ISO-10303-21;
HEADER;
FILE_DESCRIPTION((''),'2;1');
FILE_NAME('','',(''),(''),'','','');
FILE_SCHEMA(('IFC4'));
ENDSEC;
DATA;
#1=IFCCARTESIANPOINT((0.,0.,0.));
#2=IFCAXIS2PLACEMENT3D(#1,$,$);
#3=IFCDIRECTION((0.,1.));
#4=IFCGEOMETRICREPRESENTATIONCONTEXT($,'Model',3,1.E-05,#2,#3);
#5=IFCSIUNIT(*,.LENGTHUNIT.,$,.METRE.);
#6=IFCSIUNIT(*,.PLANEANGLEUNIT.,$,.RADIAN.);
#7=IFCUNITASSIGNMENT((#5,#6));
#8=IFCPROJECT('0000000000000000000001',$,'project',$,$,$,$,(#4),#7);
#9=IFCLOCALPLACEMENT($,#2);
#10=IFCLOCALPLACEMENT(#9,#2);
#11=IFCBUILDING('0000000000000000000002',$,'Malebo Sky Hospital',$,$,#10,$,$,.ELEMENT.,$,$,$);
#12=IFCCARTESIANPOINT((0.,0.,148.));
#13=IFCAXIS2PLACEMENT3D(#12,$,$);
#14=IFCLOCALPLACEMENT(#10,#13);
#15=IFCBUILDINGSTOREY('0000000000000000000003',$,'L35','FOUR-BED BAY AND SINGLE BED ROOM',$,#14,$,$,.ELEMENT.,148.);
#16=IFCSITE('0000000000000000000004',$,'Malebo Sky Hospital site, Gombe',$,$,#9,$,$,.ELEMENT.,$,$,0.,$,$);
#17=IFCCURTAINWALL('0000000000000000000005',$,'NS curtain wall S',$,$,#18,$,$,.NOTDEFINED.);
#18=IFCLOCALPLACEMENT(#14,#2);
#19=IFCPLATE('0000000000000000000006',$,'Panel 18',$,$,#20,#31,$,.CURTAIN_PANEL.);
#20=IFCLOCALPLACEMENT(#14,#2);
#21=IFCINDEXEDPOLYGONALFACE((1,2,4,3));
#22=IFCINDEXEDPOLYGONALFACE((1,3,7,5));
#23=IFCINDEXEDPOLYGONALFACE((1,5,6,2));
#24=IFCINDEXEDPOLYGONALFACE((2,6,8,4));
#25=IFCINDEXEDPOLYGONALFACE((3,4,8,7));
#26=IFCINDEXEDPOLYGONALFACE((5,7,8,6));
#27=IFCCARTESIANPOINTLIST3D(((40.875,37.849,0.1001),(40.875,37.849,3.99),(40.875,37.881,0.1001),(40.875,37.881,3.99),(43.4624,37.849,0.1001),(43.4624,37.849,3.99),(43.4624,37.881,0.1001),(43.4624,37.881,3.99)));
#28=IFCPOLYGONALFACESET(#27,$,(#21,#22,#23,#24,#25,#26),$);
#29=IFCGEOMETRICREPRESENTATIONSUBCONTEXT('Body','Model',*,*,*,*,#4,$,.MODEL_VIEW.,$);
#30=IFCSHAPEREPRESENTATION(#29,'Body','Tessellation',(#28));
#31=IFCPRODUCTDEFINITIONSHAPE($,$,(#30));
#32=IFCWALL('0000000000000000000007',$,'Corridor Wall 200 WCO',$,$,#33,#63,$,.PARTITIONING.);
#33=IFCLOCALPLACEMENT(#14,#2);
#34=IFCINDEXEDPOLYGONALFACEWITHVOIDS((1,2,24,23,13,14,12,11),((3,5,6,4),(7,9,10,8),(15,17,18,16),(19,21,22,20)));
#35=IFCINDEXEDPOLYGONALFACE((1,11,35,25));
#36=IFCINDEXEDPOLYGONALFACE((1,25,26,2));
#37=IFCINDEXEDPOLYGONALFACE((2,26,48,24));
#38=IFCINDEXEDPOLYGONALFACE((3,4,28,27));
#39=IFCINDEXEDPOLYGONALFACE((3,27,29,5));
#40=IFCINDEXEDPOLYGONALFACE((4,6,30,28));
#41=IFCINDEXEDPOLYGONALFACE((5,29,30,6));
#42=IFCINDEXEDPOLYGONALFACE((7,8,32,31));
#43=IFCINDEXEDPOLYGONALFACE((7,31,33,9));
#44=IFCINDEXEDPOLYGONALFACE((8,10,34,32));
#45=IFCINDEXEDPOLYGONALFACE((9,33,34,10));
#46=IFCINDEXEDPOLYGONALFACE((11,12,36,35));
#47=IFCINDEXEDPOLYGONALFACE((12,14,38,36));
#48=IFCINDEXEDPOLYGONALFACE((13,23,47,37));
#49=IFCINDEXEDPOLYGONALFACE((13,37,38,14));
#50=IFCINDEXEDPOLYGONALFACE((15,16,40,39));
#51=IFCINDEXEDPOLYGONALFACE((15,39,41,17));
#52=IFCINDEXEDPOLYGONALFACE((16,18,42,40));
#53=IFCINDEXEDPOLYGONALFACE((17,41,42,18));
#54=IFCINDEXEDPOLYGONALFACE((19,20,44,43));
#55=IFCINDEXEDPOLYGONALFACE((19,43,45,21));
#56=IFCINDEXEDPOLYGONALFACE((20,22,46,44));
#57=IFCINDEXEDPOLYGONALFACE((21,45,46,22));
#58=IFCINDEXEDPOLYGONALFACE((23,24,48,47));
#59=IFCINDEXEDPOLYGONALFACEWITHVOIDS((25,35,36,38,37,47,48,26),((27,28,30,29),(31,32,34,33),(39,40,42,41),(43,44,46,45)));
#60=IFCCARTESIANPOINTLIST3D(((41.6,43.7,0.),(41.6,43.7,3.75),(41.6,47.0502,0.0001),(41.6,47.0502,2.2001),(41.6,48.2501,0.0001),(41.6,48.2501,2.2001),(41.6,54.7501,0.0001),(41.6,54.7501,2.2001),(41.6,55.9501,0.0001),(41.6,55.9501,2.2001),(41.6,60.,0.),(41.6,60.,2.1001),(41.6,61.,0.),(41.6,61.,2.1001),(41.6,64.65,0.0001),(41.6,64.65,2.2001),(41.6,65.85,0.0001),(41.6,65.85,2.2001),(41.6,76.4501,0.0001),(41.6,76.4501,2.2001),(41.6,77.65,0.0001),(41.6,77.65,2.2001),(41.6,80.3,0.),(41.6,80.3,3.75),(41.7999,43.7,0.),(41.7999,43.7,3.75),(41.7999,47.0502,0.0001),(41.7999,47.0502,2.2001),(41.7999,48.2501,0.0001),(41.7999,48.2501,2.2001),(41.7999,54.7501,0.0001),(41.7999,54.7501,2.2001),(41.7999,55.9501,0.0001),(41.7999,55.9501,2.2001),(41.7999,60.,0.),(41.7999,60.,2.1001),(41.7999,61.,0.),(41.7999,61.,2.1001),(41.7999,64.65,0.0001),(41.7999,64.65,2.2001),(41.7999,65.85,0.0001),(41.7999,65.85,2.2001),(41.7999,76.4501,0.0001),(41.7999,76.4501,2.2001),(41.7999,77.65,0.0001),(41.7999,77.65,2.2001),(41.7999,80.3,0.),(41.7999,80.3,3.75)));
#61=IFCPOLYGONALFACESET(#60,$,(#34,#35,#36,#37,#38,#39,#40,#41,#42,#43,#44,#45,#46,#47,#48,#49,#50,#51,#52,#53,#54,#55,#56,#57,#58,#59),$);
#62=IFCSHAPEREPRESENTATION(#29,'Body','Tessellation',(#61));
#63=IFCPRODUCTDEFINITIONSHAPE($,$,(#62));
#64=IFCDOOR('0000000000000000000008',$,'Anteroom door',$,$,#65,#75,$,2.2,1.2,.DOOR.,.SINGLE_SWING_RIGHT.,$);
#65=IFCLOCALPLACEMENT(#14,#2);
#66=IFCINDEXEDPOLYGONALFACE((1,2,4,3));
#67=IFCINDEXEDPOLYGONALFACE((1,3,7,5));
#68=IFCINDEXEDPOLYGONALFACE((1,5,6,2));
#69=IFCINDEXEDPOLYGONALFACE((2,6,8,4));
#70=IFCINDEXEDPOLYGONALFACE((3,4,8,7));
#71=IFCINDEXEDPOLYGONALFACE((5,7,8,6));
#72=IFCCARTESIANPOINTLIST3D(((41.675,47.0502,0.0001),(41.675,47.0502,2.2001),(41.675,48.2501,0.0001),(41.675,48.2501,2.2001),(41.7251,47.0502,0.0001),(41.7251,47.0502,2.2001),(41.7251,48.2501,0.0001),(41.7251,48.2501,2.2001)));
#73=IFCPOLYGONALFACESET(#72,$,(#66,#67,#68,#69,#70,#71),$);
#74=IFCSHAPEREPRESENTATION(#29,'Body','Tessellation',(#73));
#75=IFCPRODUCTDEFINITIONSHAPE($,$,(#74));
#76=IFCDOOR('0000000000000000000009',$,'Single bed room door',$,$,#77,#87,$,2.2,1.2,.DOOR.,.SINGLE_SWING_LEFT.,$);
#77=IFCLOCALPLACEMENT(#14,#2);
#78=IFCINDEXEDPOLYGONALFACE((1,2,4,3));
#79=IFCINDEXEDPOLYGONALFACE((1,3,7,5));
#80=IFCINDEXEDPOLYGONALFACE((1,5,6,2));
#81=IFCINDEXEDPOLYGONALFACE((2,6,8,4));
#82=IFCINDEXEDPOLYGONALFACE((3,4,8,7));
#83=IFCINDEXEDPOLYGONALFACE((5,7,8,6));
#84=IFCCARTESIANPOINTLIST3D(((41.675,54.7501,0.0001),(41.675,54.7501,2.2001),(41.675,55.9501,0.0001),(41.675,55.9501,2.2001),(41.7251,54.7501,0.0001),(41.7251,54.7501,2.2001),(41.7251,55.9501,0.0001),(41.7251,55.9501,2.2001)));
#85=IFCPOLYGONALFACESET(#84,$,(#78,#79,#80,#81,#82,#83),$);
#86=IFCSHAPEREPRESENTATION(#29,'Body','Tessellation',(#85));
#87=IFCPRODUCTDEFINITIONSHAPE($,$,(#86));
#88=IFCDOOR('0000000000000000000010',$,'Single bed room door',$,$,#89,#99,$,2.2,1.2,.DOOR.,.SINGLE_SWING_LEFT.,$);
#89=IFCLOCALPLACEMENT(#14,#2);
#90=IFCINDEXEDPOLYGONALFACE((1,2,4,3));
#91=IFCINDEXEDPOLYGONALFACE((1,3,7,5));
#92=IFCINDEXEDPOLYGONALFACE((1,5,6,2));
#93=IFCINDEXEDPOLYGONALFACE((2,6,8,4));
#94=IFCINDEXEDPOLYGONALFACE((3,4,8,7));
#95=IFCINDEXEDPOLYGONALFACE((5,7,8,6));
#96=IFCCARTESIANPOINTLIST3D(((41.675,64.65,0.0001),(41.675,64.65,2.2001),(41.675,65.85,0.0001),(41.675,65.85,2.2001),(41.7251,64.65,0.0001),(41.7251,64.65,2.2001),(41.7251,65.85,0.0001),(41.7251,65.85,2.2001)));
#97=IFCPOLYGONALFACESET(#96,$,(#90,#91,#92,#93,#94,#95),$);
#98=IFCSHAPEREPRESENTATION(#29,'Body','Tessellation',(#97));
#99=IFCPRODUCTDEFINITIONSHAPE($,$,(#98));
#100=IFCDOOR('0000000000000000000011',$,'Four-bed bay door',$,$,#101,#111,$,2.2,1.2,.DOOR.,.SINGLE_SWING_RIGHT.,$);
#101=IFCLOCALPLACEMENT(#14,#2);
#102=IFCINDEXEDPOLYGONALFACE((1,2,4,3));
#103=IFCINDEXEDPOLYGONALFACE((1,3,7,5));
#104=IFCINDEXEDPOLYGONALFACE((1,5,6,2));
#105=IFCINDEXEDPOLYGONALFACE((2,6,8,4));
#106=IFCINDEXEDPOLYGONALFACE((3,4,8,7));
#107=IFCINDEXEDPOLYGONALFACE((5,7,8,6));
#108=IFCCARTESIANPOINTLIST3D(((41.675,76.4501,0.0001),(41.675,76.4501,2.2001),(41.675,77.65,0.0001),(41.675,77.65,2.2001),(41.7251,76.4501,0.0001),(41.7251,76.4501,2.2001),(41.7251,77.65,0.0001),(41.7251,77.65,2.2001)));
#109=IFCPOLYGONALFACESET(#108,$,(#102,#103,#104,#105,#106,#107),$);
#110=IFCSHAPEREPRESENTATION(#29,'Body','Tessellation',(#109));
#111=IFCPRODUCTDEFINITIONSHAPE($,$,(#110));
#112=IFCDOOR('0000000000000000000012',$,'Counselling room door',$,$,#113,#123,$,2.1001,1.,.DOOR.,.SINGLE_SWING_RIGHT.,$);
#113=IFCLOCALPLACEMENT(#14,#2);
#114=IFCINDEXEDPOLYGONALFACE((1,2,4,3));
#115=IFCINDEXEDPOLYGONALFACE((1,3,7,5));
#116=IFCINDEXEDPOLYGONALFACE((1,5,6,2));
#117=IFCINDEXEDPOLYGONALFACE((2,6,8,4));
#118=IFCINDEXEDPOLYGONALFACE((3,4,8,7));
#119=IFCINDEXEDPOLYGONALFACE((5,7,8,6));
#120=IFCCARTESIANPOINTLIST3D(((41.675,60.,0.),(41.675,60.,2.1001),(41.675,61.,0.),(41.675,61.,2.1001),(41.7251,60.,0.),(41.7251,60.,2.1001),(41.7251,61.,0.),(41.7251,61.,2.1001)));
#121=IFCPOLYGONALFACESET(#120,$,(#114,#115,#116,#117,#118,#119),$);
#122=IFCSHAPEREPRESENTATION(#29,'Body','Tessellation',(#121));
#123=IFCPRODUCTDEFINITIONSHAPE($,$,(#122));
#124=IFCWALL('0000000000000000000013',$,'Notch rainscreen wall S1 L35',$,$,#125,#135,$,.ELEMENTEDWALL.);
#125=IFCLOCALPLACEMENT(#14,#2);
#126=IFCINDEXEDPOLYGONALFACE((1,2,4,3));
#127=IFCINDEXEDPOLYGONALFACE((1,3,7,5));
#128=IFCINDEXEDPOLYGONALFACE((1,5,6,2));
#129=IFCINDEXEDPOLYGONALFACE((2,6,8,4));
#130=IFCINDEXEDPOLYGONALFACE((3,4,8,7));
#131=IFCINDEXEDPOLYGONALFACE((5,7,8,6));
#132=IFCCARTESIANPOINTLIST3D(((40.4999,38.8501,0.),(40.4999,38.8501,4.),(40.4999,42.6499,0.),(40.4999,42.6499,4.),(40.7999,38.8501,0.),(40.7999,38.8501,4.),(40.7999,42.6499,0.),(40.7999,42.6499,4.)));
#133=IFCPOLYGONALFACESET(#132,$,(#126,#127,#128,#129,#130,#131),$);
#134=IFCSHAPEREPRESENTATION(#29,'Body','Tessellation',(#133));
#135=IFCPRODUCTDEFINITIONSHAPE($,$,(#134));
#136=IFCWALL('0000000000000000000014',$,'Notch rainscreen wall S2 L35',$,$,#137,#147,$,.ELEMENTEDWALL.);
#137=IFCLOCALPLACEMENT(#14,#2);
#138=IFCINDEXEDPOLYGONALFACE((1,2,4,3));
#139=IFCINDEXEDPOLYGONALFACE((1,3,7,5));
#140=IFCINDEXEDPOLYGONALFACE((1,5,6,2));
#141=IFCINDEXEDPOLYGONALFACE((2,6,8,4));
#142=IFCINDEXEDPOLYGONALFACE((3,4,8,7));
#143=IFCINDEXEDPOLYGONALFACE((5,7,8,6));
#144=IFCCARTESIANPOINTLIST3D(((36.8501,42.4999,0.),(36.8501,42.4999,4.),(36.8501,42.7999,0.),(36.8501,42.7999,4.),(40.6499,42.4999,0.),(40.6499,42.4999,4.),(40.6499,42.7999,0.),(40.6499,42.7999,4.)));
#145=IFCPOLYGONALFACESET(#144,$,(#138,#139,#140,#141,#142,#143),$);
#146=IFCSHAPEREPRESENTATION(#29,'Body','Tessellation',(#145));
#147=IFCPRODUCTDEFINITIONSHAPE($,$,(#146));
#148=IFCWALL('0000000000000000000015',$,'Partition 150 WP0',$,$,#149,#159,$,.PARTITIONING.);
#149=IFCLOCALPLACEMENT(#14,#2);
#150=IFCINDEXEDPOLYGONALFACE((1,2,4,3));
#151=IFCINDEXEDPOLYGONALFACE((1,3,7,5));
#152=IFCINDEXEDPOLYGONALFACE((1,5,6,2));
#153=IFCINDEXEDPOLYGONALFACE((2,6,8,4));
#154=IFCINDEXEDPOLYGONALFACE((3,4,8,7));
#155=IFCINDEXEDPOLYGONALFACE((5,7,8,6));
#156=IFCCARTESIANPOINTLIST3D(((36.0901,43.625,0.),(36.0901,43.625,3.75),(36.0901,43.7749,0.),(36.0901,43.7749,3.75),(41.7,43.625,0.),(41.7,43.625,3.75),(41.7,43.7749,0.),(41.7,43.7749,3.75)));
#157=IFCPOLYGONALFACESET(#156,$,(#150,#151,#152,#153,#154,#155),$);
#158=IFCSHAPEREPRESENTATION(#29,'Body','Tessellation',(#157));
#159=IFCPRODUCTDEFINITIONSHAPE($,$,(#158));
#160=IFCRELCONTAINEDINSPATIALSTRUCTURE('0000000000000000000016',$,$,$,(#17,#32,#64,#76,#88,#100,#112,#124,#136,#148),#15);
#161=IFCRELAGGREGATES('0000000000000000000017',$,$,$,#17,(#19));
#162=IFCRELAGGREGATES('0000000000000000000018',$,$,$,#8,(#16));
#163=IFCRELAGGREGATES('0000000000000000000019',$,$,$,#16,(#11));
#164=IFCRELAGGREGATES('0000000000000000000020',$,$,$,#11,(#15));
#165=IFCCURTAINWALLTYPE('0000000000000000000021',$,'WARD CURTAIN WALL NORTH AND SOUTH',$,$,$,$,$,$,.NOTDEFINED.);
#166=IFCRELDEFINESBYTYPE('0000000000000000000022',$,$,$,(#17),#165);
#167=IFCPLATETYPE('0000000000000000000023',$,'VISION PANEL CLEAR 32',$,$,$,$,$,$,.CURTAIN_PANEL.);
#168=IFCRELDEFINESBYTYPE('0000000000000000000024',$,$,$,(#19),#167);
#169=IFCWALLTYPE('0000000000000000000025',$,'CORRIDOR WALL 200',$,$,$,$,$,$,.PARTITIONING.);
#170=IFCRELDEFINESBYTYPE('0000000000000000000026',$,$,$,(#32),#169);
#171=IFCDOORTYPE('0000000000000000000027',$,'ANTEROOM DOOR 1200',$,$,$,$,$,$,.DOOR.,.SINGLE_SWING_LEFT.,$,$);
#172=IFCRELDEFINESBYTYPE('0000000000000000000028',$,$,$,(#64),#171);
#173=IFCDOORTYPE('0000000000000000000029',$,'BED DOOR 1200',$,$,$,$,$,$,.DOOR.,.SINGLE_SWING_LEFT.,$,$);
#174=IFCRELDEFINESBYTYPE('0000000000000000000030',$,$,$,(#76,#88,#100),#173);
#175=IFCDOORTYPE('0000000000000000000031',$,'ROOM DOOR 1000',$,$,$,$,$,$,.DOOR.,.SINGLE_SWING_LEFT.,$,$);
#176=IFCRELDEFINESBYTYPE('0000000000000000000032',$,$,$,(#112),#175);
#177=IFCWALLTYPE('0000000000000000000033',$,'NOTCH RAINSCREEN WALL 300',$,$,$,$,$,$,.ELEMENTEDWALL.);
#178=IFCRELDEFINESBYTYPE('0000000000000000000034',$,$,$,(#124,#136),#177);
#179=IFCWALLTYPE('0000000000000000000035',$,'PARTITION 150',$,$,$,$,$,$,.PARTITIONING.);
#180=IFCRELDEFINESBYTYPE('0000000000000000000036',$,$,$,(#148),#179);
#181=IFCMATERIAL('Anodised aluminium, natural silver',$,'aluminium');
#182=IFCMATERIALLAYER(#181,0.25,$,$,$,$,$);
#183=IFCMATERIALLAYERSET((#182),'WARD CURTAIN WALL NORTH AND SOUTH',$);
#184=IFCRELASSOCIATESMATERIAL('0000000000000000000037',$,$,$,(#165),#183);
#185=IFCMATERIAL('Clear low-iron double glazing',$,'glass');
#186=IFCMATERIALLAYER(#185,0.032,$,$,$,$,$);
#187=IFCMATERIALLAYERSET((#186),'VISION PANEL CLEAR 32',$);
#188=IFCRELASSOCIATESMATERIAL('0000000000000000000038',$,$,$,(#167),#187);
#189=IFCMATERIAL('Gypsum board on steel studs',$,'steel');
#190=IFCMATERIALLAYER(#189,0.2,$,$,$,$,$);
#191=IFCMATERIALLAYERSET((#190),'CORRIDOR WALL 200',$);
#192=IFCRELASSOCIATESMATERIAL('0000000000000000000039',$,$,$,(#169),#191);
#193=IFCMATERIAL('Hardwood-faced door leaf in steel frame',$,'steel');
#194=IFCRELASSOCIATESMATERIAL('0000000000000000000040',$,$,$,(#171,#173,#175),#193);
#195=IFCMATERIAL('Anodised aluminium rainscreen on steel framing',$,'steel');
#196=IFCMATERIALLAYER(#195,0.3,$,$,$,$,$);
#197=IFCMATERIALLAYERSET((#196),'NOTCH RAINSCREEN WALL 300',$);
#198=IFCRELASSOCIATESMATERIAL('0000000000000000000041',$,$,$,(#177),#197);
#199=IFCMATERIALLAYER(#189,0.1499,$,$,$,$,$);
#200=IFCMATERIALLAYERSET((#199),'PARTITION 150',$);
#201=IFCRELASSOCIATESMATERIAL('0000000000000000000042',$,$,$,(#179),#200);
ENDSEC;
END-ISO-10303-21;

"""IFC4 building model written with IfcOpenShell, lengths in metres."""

from ifc_helpers import new_model, si_unit, direction, frame, frame_2d, origin, origin_2d, place, context, subcontext, project, spatial, rectangle, extrude, material, layer, layer_set, type_object, element, fill, aggregate, save


model = new_model("IFC4")

# Units and contexts
model_context = context("Model", 3, precision=1e-05, world=origin(), true_north=direction((0.0, 1.0)))
body_context = subcontext(model_context, "Body", "Model", "MODEL_VIEW")
ifc_project = project(units=[si_unit("LENGTHUNIT", "METRE"), si_unit("PLANEANGLEUNIT", "RADIAN")], contexts=[model_context])

# Site, building, storey
site_placement = place(None, origin())
site = spatial("IfcSite", under=ifc_project, at=site_placement, Name="Malebo Sky Hospital site, Gombe", CompositionType="ELEMENT", RefElevation=0.0)
building_placement = place(site_placement, origin())
building = spatial("IfcBuilding", under=site, at=building_placement, Name="Malebo Sky Hospital", CompositionType="ELEMENT")
storey_placement = place(building_placement, frame((0.0, 0.0, 148.0)))
storey = spatial("IfcBuildingStorey", under=building, at=storey_placement, Name="L35", Description="FOUR-BED BAY AND SINGLE BED ROOM", CompositionType="ELEMENT", Elevation=148.0)

# Curtain wall
ifc_material_1 = material(Name="Anodised aluminium, natural silver", Category="aluminium")
ifc_layer_1 = layer(ifc_material_1, 0.25)
ifc_layer_set_1 = layer_set([ifc_layer_1], Name="WARD CURTAIN WALL NORTH AND SOUTH")
curtain_wall_type = type_object("IfcCurtainWallType", Name="WARD CURTAIN WALL NORTH AND SOUTH", PredefinedType="NOTDEFINED", material=ifc_layer_set_1)
curtain_wall_placement = place(storey_placement, origin())
curtain_wall = element("IfcCurtainWall", 1, at=curtain_wall_placement, inside=storey, type_object=curtain_wall_type, Name="NS curtain wall S", PredefinedType="NOTDEFINED")

# Plate
ifc_material_2 = material(Name="Clear low-iron double glazing", Category="glass")
ifc_layer_2 = layer(ifc_material_2, 0.032)
ifc_layer_set_2 = layer_set([ifc_layer_2], Name="VISION PANEL CLEAR 32")
plate_type = type_object("IfcPlateType", Name="VISION PANEL CLEAR 32", PredefinedType="CURTAIN_PANEL", material=ifc_layer_set_2)
plate_1_placement = place(storey_placement, frame((42.1687, 37.865, 0.1001), z_axis=(0.0, 0.0, 1.0), x_axis=(-1.0, 0.0, 0.0)))
plate_1 = element("IfcPlate", 2, at=plate_1_placement, type_object=plate_type, Name="Panel 18", PredefinedType="CURTAIN_PANEL", context=body_context, shape_type="SweptSolid", body=[
    extrude(rectangle(XDim=2.5874, YDim=0.032, at=origin_2d()), origin(), (0.0, 0.0, 1.0), 3.8899),
])
aggregate(curtain_wall, [plate_1])

# Wall, openings, doors
ifc_material_3 = material(Name="Gypsum board on steel studs", Category="steel")
ifc_layer_3 = layer(ifc_material_3, 0.2)
ifc_layer_set_3 = layer_set([ifc_layer_3], Name="CORRIDOR WALL 200")
wall_type_1 = type_object("IfcWallType", Name="CORRIDOR WALL 200", PredefinedType="PARTITIONING", material=ifc_layer_set_3)
wall_1_placement = place(storey_placement, frame((41.7, 43.7, 0.0), z_axis=(0.0, 0.0, 1.0), x_axis=(0.0, 1.0, 0.0)))
wall_1 = element("IfcWall", 3, at=wall_1_placement, inside=storey, type_object=wall_type_1, Name="Corridor Wall 200 WCO", PredefinedType="PARTITIONING", context=body_context, shape_type="SweptSolid", body=[
    extrude(rectangle(XDim=36.6001, YDim=0.2, at=frame_2d((18.3, 0.0))), origin(), (0.0, 0.0, 1.0), 3.75),
])
opening_1_placement = place(wall_1_placement, frame((3.3501, 0.0, 0.0)))
opening_1 = element("IfcOpeningElement", 4, at=opening_1_placement, cuts=wall_1, PredefinedType="OPENING", context=body_context, shape_type="SweptSolid", body=[
    extrude(rectangle(XDim=1.2, YDim=2.2, at=frame_2d((0.6001, 1.1001))), frame((0.0, 0.1099, 0.0), z_axis=(0.0, -1.0, 0.0), x_axis=(1.0, 0.0, 0.0)), (0.0, 0.0, 1.0), 0.22),
])
opening_2_placement = place(wall_1_placement, frame((11.05, 0.0, 0.0)))
opening_2 = element("IfcOpeningElement", 5, at=opening_2_placement, cuts=wall_1, PredefinedType="OPENING", context=body_context, shape_type="SweptSolid", body=[
    extrude(rectangle(XDim=1.2, YDim=2.2, at=frame_2d((0.6001, 1.1001))), frame((0.0, 0.1099, 0.0), z_axis=(0.0, -1.0, 0.0), x_axis=(1.0, 0.0, 0.0)), (0.0, 0.0, 1.0), 0.22),
])
opening_3_placement = place(wall_1_placement, frame((16.3, 0.0, 0.0)))
opening_3 = element("IfcOpeningElement", 6, at=opening_3_placement, cuts=wall_1, PredefinedType="OPENING", context=body_context, shape_type="SweptSolid", body=[
    extrude(rectangle(XDim=1.0, YDim=2.1001, at=frame_2d((0.5, 1.05))), frame((0.0, 0.1099, 0.0), z_axis=(0.0, -1.0, 0.0), x_axis=(1.0, 0.0, 0.0)), (0.0, 0.0, 1.0), 0.22),
])
opening_4_placement = place(wall_1_placement, frame((20.95, 0.0, 0.0)))
opening_4 = element("IfcOpeningElement", 7, at=opening_4_placement, cuts=wall_1, PredefinedType="OPENING", context=body_context, shape_type="SweptSolid", body=[
    extrude(rectangle(XDim=1.2, YDim=2.2, at=frame_2d((0.6001, 1.1001))), frame((0.0, 0.1099, 0.0), z_axis=(0.0, -1.0, 0.0), x_axis=(1.0, 0.0, 0.0)), (0.0, 0.0, 1.0), 0.22),
])
opening_5_placement = place(wall_1_placement, frame((32.75, 0.0, 0.0)))
opening_5 = element("IfcOpeningElement", 8, at=opening_5_placement, cuts=wall_1, PredefinedType="OPENING", context=body_context, shape_type="SweptSolid", body=[
    extrude(rectangle(XDim=1.2, YDim=2.2, at=frame_2d((0.6001, 1.1001))), frame((0.0, 0.1099, 0.0), z_axis=(0.0, -1.0, 0.0), x_axis=(1.0, 0.0, 0.0)), (0.0, 0.0, 1.0), 0.22),
])
ifc_material_4 = material(Name="Hardwood-faced door leaf in steel frame", Category="steel")
door_type_1 = type_object("IfcDoorType", Name="ANTEROOM DOOR 1200", OperationType="SINGLE_SWING_LEFT", PredefinedType="DOOR", material=ifc_material_4)
door_1_placement = place(opening_1_placement, origin())
door_1 = element("IfcDoor", 9, at=door_1_placement, inside=storey, type_object=door_type_1, Name="Anteroom door", OperationType="SINGLE_SWING_RIGHT", OverallHeight=2.2, OverallWidth=1.2, PredefinedType="DOOR", context=body_context, shape_type="SweptSolid", body=[
    extrude(rectangle(XDim=1.2, YDim=2.2, at=frame_2d((0.6001, 1.1001))), frame((0.0, 0.0249, 0.0), z_axis=(0.0, -1.0, 0.0), x_axis=(1.0, 0.0, 0.0)), (0.0, 0.0, 1.0), 0.05),
])
fill(opening_1, door_1)
door_type_2 = type_object("IfcDoorType", Name="BED DOOR 1200", OperationType="SINGLE_SWING_LEFT", PredefinedType="DOOR", material=ifc_material_4)
door_2_placement = place(opening_2_placement, origin())
door_2 = element("IfcDoor", 10, at=door_2_placement, inside=storey, type_object=door_type_2, Name="Single bed room door", OperationType="SINGLE_SWING_LEFT", OverallHeight=2.2, OverallWidth=1.2, PredefinedType="DOOR", context=body_context, shape_type="SweptSolid", body=[
    extrude(rectangle(XDim=1.2, YDim=2.2, at=frame_2d((0.6001, 1.1001))), frame((0.0, 0.0249, 0.0), z_axis=(0.0, -1.0, 0.0), x_axis=(1.0, 0.0, 0.0)), (0.0, 0.0, 1.0), 0.05),
])
fill(opening_2, door_2)
door_3_placement = place(opening_4_placement, origin())
door_3 = element("IfcDoor", 11, at=door_3_placement, inside=storey, type_object=door_type_2, Name="Single bed room door", OperationType="SINGLE_SWING_LEFT", OverallHeight=2.2, OverallWidth=1.2, PredefinedType="DOOR", context=body_context, shape_type="SweptSolid", body=[
    extrude(rectangle(XDim=1.2, YDim=2.2, at=frame_2d((0.6001, 1.1001))), frame((0.0, 0.0249, 0.0), z_axis=(0.0, -1.0, 0.0), x_axis=(1.0, 0.0, 0.0)), (0.0, 0.0, 1.0), 0.05),
])
fill(opening_4, door_3)
door_4_placement = place(opening_5_placement, origin())
door_4 = element("IfcDoor", 12, at=door_4_placement, inside=storey, type_object=door_type_2, Name="Four-bed bay door", OperationType="SINGLE_SWING_RIGHT", OverallHeight=2.2, OverallWidth=1.2, PredefinedType="DOOR", context=body_context, shape_type="SweptSolid", body=[
    extrude(rectangle(XDim=1.2, YDim=2.2, at=frame_2d((0.6001, 1.1001))), frame((0.0, 0.0249, 0.0), z_axis=(0.0, -1.0, 0.0), x_axis=(1.0, 0.0, 0.0)), (0.0, 0.0, 1.0), 0.05),
])
fill(opening_5, door_4)
door_type_3 = type_object("IfcDoorType", Name="ROOM DOOR 1000", OperationType="SINGLE_SWING_LEFT", PredefinedType="DOOR", material=ifc_material_4)
door_5_placement = place(opening_3_placement, origin())
door_5 = element("IfcDoor", 13, at=door_5_placement, inside=storey, type_object=door_type_3, Name="Counselling room door", OperationType="SINGLE_SWING_RIGHT", OverallHeight=2.1001, OverallWidth=1.0, PredefinedType="DOOR", context=body_context, shape_type="SweptSolid", body=[
    extrude(rectangle(XDim=1.0, YDim=2.1001, at=frame_2d((0.5, 1.05))), frame((0.0, 0.0249, 0.0), z_axis=(0.0, -1.0, 0.0), x_axis=(1.0, 0.0, 0.0)), (0.0, 0.0, 1.0), 0.05),
])
fill(opening_3, door_5)

# Walls
ifc_material_5 = material(Name="Anodised aluminium rainscreen on steel framing", Category="steel")
ifc_layer_4 = layer(ifc_material_5, 0.3)
ifc_layer_set_4 = layer_set([ifc_layer_4], Name="NOTCH RAINSCREEN WALL 300")
wall_type_2 = type_object("IfcWallType", Name="NOTCH RAINSCREEN WALL 300", PredefinedType="ELEMENTEDWALL", material=ifc_layer_set_4)
for number, where, z_axis, x_axis, name in (
    (14, (40.6499, 38.8501, 0.0), (0.0, 0.0, 1.0), (0.0, 1.0, 0.0), "Notch rainscreen wall S1 L35"),
    (15, (40.6499, 42.6499, 0.0), (0.0, 0.0, 1.0), (-1.0, 0.0, 0.0), "Notch rainscreen wall S2 L35"),
):
    element("IfcWall", number, at=place(storey_placement, frame(where, z_axis=z_axis, x_axis=x_axis)), inside=storey, type_object=wall_type_2, Name=name, PredefinedType="ELEMENTEDWALL", context=body_context, shape_type="SweptSolid", body=[
        extrude(rectangle(XDim=3.7998, YDim=0.3, at=frame_2d((1.8999, 0.0))), origin(), (0.0, 0.0, 1.0), 4.0),
    ])
ifc_layer_5 = layer(ifc_material_3, 0.1499)
ifc_layer_set_5 = layer_set([ifc_layer_5], Name="PARTITION 150")
wall_type_3 = type_object("IfcWallType", Name="PARTITION 150", PredefinedType="PARTITIONING", material=ifc_layer_set_5)
wall_2_placement = place(storey_placement, frame((41.7, 43.7, 0.0), z_axis=(0.0, 0.0, 1.0), x_axis=(-1.0, 0.0, 0.0)))
element("IfcWall", 16, at=wall_2_placement, inside=storey, type_object=wall_type_3, Name="Partition 150 WP0", PredefinedType="PARTITIONING", context=body_context, shape_type="SweptSolid", body=[
    extrude(rectangle(XDim=5.6099, YDim=0.1499, at=frame_2d((2.8049, 0.0))), origin(), (0.0, 0.0, 1.0), 3.75),
])

save(model, "model.ifc")
